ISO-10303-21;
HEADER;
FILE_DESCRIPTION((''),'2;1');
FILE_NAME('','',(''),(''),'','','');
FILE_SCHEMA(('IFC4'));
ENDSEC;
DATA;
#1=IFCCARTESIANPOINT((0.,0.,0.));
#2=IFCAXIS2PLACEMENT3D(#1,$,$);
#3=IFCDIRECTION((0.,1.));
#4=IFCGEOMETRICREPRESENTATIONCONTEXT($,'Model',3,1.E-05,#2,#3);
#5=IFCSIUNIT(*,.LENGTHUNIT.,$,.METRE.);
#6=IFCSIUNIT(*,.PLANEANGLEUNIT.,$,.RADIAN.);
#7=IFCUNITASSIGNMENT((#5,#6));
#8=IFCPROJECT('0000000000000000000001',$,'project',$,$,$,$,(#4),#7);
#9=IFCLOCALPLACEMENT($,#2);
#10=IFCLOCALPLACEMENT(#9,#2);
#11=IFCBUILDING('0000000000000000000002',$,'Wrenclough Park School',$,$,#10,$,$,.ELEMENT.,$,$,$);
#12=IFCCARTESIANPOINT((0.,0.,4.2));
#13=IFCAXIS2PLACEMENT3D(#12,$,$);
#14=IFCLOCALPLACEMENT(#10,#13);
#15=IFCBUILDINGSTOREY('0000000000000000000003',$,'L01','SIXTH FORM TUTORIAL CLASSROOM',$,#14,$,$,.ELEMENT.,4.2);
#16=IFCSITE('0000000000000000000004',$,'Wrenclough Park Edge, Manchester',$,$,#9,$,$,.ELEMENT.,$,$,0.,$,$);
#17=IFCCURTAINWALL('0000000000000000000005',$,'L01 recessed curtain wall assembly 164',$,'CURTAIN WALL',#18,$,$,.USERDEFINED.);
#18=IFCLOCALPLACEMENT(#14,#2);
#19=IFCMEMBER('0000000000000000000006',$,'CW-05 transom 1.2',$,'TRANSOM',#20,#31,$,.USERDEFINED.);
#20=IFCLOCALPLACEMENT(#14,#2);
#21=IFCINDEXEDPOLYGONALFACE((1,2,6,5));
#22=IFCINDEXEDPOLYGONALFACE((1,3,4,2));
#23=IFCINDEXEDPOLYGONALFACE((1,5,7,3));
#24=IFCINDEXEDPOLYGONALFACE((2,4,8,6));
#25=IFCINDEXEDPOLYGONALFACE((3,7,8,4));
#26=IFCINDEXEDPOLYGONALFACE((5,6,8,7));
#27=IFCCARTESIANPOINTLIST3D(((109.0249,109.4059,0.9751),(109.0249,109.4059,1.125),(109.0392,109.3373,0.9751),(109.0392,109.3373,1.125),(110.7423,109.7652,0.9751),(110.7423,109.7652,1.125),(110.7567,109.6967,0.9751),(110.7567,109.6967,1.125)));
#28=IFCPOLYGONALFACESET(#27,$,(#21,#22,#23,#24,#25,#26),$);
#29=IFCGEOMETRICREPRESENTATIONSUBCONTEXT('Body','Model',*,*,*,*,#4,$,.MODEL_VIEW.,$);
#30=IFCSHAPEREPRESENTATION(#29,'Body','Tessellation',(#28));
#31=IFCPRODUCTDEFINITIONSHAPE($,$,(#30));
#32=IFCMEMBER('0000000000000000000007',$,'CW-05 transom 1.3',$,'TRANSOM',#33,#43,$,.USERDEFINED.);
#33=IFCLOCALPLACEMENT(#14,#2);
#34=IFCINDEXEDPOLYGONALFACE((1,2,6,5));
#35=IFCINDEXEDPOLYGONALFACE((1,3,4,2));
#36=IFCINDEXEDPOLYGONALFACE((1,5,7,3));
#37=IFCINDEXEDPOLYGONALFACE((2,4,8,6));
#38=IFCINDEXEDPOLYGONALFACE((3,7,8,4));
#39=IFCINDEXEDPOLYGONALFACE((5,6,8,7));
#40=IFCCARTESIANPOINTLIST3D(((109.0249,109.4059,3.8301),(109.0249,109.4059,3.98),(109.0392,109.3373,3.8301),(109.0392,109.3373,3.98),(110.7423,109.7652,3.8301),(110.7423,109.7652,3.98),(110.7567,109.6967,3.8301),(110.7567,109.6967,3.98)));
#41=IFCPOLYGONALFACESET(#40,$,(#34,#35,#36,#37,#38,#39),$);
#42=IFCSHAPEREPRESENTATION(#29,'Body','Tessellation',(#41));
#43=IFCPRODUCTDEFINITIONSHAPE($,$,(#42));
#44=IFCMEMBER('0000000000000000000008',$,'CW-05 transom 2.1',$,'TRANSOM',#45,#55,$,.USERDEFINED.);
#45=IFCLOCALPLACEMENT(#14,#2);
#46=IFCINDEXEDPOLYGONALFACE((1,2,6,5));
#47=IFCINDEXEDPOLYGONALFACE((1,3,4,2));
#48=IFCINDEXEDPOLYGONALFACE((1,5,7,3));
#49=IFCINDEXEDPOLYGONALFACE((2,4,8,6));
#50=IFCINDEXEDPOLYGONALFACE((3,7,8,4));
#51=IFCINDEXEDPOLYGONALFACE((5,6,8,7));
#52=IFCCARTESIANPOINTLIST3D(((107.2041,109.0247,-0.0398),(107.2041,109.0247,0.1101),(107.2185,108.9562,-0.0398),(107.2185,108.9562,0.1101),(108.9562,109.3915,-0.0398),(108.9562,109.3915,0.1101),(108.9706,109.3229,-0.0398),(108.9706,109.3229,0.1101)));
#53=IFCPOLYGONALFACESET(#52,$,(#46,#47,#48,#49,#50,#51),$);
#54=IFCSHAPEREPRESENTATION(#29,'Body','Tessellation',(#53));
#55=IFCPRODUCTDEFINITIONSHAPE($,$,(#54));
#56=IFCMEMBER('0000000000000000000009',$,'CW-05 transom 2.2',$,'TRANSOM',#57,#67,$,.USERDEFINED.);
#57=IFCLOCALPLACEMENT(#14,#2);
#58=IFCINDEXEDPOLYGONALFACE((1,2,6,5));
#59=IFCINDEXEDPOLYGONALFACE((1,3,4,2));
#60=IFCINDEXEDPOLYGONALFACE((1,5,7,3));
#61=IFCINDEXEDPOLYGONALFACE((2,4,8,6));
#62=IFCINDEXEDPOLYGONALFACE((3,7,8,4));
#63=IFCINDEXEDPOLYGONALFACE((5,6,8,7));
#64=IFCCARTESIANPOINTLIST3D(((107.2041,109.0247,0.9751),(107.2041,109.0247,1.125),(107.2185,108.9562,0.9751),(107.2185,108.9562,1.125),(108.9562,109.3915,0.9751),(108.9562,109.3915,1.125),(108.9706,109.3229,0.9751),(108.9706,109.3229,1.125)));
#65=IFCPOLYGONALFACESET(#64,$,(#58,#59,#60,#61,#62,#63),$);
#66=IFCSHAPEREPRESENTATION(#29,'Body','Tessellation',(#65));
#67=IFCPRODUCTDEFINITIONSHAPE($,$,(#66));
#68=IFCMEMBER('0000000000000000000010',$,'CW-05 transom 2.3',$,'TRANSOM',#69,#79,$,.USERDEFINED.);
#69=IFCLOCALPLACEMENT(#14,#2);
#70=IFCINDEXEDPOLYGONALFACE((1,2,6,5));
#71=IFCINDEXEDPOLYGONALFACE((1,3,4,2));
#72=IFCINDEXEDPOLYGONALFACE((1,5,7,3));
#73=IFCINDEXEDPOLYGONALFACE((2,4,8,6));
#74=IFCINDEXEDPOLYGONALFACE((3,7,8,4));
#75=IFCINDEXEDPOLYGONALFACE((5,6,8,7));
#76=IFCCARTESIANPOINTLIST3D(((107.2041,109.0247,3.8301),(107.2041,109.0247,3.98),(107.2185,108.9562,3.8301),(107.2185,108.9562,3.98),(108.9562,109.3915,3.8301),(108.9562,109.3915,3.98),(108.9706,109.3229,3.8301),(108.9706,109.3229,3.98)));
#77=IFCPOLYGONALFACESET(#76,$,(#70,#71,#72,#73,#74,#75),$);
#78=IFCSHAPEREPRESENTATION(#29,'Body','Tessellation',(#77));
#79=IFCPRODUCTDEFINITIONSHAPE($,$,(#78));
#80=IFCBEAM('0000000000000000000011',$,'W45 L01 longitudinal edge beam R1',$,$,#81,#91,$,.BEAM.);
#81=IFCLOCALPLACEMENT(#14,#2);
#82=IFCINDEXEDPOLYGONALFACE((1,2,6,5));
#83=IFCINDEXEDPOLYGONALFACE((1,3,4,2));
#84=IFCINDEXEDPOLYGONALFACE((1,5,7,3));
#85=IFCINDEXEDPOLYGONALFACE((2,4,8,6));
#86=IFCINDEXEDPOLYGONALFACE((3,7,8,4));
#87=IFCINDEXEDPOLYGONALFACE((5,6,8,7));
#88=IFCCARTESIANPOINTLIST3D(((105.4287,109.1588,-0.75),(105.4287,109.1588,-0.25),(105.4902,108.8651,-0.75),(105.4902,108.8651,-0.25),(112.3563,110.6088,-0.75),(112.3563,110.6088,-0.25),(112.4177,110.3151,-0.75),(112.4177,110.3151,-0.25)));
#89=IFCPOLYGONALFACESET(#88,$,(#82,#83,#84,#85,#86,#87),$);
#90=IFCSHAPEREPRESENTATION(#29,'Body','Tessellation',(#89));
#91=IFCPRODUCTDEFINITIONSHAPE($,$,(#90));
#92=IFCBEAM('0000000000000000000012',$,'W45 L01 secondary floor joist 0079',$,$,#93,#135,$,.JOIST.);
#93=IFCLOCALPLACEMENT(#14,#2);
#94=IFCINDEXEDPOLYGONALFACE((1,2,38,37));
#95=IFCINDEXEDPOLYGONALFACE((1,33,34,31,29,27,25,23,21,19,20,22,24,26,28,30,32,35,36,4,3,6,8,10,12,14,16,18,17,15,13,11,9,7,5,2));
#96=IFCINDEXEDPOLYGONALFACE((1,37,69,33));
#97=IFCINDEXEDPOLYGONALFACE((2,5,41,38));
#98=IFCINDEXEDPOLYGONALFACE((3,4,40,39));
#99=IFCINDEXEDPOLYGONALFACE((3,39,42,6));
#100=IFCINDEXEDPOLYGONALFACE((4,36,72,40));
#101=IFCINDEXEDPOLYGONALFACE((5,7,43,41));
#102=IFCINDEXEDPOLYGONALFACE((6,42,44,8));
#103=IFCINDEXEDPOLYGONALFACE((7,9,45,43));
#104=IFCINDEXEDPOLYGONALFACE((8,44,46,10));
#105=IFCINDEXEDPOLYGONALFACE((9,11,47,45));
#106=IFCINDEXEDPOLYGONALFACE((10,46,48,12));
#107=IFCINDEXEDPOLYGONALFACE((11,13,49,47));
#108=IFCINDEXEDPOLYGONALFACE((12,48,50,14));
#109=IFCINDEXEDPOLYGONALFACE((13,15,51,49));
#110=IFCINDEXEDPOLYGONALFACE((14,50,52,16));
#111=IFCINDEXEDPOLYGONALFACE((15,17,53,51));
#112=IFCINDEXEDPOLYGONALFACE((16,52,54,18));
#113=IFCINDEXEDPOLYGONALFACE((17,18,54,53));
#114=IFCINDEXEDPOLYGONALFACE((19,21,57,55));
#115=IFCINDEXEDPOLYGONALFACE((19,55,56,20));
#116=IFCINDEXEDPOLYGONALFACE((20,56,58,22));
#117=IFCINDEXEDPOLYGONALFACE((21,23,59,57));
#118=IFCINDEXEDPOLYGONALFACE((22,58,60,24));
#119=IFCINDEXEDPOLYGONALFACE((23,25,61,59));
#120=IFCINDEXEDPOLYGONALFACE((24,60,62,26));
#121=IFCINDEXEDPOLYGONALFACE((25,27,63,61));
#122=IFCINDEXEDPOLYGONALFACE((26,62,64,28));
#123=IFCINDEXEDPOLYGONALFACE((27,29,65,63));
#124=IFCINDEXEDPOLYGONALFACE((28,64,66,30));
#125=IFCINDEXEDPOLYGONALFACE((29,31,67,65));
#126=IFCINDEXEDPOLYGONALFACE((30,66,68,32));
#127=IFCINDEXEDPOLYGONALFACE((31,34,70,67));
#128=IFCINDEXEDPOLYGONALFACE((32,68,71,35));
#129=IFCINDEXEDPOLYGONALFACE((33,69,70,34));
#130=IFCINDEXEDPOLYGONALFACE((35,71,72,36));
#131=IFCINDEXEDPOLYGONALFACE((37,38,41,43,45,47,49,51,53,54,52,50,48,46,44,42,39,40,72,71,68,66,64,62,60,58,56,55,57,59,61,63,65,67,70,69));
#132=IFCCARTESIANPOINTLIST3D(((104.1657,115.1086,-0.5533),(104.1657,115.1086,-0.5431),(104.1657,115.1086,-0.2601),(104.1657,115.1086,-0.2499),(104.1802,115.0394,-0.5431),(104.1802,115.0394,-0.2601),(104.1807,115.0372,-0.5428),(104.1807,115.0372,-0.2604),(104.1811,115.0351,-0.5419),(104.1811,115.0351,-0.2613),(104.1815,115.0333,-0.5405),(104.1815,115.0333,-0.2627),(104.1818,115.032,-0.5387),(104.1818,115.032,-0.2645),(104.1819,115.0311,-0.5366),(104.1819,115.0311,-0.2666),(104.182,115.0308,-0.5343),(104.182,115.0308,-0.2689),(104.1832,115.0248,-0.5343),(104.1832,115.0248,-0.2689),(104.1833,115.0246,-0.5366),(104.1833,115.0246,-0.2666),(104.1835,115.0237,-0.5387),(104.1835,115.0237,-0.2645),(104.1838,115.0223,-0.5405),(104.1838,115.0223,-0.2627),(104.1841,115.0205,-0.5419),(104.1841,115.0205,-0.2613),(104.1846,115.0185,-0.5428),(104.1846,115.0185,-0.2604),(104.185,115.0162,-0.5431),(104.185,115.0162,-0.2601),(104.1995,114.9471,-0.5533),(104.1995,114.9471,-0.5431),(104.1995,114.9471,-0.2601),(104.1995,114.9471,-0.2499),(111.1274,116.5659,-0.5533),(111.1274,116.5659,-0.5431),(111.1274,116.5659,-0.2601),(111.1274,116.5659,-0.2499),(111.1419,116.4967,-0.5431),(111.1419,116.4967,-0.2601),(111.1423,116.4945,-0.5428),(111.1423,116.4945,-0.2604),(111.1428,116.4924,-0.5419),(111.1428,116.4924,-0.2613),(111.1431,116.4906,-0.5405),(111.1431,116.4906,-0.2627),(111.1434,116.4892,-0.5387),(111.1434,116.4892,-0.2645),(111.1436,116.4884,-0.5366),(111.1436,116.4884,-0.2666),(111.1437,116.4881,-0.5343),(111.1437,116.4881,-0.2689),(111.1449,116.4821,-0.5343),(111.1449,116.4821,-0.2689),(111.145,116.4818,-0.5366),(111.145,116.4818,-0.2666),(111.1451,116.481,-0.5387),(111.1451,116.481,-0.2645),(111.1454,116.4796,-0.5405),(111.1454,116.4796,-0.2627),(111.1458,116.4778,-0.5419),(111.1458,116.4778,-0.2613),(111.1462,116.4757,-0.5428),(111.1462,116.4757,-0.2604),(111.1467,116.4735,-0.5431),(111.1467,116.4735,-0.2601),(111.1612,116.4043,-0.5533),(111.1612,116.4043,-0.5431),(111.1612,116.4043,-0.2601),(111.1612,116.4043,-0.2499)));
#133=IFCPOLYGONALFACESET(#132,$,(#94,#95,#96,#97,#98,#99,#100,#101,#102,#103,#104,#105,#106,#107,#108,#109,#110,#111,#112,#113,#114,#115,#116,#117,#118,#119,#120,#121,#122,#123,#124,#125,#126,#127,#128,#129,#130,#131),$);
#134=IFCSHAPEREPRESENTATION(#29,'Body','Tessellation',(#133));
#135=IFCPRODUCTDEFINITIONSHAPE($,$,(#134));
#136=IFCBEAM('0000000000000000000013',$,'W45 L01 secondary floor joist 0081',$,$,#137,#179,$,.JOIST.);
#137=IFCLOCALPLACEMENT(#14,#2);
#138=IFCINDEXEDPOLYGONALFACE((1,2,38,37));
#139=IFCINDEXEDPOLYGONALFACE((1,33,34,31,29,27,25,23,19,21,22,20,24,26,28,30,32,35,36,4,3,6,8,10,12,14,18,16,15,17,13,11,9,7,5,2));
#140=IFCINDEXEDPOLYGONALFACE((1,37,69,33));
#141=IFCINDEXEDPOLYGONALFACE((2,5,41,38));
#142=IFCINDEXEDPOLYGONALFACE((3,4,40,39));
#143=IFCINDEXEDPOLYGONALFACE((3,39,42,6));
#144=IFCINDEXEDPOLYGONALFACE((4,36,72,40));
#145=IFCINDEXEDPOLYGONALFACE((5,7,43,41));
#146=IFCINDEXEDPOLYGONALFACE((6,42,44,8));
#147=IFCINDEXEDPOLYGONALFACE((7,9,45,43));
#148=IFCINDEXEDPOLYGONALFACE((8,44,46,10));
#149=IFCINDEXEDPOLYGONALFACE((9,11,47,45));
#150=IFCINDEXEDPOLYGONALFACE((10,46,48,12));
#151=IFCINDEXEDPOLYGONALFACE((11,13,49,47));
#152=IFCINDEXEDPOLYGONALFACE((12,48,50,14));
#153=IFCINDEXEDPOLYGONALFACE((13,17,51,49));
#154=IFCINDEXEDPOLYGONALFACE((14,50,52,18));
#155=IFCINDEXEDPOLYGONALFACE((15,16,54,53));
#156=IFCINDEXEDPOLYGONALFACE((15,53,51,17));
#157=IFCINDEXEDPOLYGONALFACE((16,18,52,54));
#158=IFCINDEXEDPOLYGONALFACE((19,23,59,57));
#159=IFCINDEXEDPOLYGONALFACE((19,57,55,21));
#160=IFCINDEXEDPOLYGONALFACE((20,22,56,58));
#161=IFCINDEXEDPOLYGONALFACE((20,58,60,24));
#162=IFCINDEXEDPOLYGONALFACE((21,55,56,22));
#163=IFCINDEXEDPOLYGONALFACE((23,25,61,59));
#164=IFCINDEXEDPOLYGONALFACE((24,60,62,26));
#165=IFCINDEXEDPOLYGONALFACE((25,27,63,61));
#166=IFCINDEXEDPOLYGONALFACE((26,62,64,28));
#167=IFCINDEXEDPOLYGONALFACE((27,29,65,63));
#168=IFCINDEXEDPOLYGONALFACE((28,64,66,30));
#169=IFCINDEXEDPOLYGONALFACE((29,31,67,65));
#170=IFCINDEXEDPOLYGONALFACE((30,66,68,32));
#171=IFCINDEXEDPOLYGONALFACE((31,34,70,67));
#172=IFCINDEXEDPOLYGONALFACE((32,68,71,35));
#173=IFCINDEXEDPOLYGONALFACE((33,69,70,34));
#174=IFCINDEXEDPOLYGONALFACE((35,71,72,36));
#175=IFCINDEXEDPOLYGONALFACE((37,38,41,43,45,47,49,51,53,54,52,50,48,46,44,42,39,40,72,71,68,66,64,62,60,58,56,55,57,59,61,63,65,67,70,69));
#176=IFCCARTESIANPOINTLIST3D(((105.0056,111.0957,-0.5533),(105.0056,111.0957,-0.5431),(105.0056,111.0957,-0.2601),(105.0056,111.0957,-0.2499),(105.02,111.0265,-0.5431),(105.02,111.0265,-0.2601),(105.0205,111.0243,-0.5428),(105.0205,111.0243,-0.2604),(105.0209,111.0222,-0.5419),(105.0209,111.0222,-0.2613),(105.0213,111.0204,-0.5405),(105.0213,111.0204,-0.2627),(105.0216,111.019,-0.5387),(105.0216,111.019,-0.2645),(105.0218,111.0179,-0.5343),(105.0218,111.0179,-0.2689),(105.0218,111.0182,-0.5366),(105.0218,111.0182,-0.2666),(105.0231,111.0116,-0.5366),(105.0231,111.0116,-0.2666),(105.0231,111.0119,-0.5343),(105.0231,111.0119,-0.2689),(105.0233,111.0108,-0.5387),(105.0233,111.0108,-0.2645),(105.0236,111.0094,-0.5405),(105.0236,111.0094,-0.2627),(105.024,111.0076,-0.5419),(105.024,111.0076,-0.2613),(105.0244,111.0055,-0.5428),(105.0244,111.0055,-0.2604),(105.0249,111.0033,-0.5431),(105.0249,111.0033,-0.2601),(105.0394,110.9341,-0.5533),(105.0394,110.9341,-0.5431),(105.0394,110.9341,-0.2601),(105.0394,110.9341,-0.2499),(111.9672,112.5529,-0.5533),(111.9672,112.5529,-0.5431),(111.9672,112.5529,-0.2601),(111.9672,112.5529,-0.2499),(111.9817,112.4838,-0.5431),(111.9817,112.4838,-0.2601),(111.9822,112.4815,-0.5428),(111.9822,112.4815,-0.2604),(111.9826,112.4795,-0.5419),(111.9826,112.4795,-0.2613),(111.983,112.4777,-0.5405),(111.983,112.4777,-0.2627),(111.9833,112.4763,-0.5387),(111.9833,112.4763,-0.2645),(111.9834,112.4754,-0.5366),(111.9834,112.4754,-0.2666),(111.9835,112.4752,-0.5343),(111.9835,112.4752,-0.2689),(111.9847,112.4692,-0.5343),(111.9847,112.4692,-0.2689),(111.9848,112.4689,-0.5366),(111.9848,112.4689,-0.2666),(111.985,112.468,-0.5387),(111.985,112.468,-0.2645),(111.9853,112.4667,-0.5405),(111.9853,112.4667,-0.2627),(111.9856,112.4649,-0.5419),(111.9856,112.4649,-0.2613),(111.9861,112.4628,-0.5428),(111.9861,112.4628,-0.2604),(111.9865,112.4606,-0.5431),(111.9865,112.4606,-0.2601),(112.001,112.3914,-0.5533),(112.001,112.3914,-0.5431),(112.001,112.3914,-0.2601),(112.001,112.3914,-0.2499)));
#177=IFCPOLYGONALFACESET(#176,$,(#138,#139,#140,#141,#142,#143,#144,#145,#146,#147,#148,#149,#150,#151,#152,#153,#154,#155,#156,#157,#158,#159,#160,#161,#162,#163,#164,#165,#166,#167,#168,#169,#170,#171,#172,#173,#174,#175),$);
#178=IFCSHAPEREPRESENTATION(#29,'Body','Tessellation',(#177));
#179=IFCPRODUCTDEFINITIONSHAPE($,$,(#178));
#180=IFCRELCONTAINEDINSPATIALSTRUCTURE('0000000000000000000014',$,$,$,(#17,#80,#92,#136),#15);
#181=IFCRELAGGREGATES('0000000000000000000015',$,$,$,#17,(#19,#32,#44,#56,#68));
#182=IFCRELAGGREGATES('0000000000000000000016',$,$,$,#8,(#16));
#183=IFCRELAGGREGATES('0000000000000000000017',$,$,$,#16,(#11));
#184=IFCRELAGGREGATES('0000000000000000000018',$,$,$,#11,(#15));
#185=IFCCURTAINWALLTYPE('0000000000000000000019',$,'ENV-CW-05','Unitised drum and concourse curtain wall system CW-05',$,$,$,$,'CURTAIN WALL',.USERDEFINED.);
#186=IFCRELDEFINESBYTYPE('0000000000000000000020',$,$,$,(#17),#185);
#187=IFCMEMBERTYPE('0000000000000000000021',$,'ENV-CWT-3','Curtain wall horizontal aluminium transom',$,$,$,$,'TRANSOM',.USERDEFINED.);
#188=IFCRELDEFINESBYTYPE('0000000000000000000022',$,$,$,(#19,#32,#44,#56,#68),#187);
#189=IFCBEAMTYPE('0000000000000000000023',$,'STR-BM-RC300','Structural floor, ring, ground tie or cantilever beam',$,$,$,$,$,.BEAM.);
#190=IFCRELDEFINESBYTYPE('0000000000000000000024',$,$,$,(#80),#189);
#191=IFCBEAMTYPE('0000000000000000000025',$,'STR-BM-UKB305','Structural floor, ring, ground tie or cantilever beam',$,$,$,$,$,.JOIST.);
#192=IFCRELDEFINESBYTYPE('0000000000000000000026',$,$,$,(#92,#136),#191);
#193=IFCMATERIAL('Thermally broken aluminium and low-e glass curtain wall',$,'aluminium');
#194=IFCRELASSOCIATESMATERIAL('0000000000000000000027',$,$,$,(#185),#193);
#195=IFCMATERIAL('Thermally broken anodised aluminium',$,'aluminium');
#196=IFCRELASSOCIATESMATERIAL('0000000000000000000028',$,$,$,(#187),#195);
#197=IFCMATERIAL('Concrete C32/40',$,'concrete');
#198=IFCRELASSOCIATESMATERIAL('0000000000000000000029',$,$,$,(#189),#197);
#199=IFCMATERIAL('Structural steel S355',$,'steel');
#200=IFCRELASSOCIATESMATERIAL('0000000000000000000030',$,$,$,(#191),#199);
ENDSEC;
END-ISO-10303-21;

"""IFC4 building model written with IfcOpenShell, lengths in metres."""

from ifc_helpers import new_model, si_unit, direction, frame, origin, origin_2d, place, context, subcontext, project, spatial, rectangle, i_section, extrude, material, material_profile, profile_set, type_object, element, aggregate, save


model = new_model("IFC4")

# Units and contexts
model_context = context("Model", 3, precision=1e-05, world=origin(), true_north=direction((0.0, 1.0)))
body_context = subcontext(model_context, "Body", "Model", "MODEL_VIEW")
ifc_project = project(units=[si_unit("LENGTHUNIT", "METRE"), si_unit("PLANEANGLEUNIT", "RADIAN")], contexts=[model_context])

# Site, building, storey
site_placement = place(None, origin())
site = spatial("IfcSite", under=ifc_project, at=site_placement, Name="Wrenclough Park Edge, Manchester", CompositionType="ELEMENT", RefElevation=0.0)
building_placement = place(site_placement, origin())
building = spatial("IfcBuilding", under=site, at=building_placement, Name="Wrenclough Park School", CompositionType="ELEMENT")
storey_placement = place(building_placement, frame((0.0, 0.0, 4.2)))
storey = spatial("IfcBuildingStorey", under=building, at=storey_placement, Name="L01", Description="SIXTH FORM TUTORIAL CLASSROOM", CompositionType="ELEMENT", Elevation=4.2)

# Shared definitions
ifc_material_1 = material(Name="Structural steel S355", Category="steel")

# Shared definitions
ifc_material_2 = material(Name="Thermally broken aluminium and low-e glass curtain wall", Category="aluminium")
ifc_material_3 = material(Name="Thermally broken anodised aluminium", Category="aluminium")

# Curtain wall
curtain_wall_type_1 = type_object("IfcCurtainWallType", Name="ENV-CW-05", Description="Unitised drum and concourse curtain wall system CW-05", ElementType="CURTAIN WALL", PredefinedType="USERDEFINED", material=ifc_material_2)
curtain_wall_1_placement = place(storey_placement, origin())
curtain_wall_1 = element("IfcCurtainWall", 1, at=curtain_wall_1_placement, inside=storey, type_object=curtain_wall_type_1, Name="L01 recessed curtain wall assembly 164", ObjectType="CURTAIN WALL", PredefinedType="USERDEFINED")

# Members
ifc_material_profile_1 = material_profile(ifc_material_3, rectangle(XDim=0.0701, YDim=0.1499, at=origin_2d()), Name="AL TRANSOM 70x150")
ifc_profile_set_1 = profile_set([ifc_material_profile_1], Name="Thermally broken anodised aluminium")
member_type_1 = type_object("IfcMemberType", Name="ENV-CWT-3", Description="Curtain wall horizontal aluminium transom", ElementType="TRANSOM", PredefinedType="USERDEFINED", material=ifc_profile_set_1)
member_1_placement = place(storey_placement, frame((110.7495, 109.731, 1.05), z_axis=(-0.978803, -0.204804, 0.0), x_axis=(0.204804, -0.978803, 0.0)))
member_1 = element("IfcMember", 2, at=member_1_placement, type_object=member_type_1, Name="CW-05 transom 1.2", ObjectType="TRANSOM", PredefinedType="USERDEFINED", context=body_context, shape_type="SweptSolid", body=[
    extrude(rectangle(XDim=0.0701, YDim=0.1499, at=origin_2d()), origin(), (0.0, 0.0, 1.0), 1.7546),
])
member_2_placement = place(storey_placement, frame((110.7495, 109.731, 3.905), z_axis=(-0.978803, -0.204804, 0.0), x_axis=(0.204804, -0.978803, 0.0)))
member_2 = element("IfcMember", 3, at=member_2_placement, type_object=member_type_1, Name="CW-05 transom 1.3", ObjectType="TRANSOM", PredefinedType="USERDEFINED", context=body_context, shape_type="SweptSolid", body=[
    extrude(rectangle(XDim=0.0701, YDim=0.1499, at=origin_2d()), origin(), (0.0, 0.0, 1.0), 1.7546),
])
member_3_placement = place(storey_placement, frame((108.9634, 109.3572, 0.0352), z_axis=(-0.978789, -0.204869, 0.0), x_axis=(0.204869, -0.978789, 0.0)))
member_3 = element("IfcMember", 4, at=member_3_placement, type_object=member_type_1, Name="CW-05 transom 2.1", ObjectType="TRANSOM", PredefinedType="USERDEFINED", context=body_context, shape_type="SweptSolid", body=[
    extrude(rectangle(XDim=0.0701, YDim=0.1499, at=origin_2d()), origin(), (0.0, 0.0, 1.0), 1.79),
])
member_4_placement = place(storey_placement, frame((108.9634, 109.3572, 1.05), z_axis=(-0.978789, -0.204869, 0.0), x_axis=(0.204869, -0.978789, 0.0)))
member_4 = element("IfcMember", 5, at=member_4_placement, type_object=member_type_1, Name="CW-05 transom 2.2", ObjectType="TRANSOM", PredefinedType="USERDEFINED", context=body_context, shape_type="SweptSolid", body=[
    extrude(rectangle(XDim=0.0701, YDim=0.1499, at=origin_2d()), origin(), (0.0, 0.0, 1.0), 1.79),
])
member_5_placement = place(storey_placement, frame((108.9634, 109.3572, 3.905), z_axis=(-0.978789, -0.204869, 0.0), x_axis=(0.204869, -0.978789, 0.0)))
member_5 = element("IfcMember", 6, at=member_5_placement, type_object=member_type_1, Name="CW-05 transom 2.3", ObjectType="TRANSOM", PredefinedType="USERDEFINED", context=body_context, shape_type="SweptSolid", body=[
    extrude(rectangle(XDim=0.0701, YDim=0.1499, at=origin_2d()), origin(), (0.0, 0.0, 1.0), 1.79),
])

# Beams
ifc_material_4 = material(Name="Concrete C32/40", Category="concrete")
ifc_material_profile_2 = material_profile(ifc_material_4, rectangle(XDim=0.3, YDim=0.5, at=origin_2d()), Name="RC BEAM 300x500")
ifc_profile_set_2 = profile_set([ifc_material_profile_2], Name="Concrete C32/40")
beam_type_1 = type_object("IfcBeamType", Name="STR-BM-RC300", Description="Structural floor, ring, ground tie or cantilever beam", PredefinedType="BEAM", material=ifc_profile_set_2)
beam_1_placement = place(storey_placement, frame((105.4595, 109.012, -0.5), z_axis=(0.97879, 0.204865, 0.0), x_axis=(-0.204865, 0.97879, 0.0)))
element("IfcBeam", 7, at=beam_1_placement, inside=storey, type_object=beam_type_1, Name="W45 L01 longitudinal edge beam R1", PredefinedType="BEAM", context=body_context, shape_type="SweptSolid", body=[
    extrude(rectangle(XDim=0.3, YDim=0.5, at=origin_2d()), origin(), (0.0, 0.0, 1.0), 7.0776),
])
ifc_material_profile_3 = material_profile(ifc_material_1, i_section(OverallWidth=0.165, OverallDepth=0.3035, WebThickness=0.0061, FlangeThickness=0.0103, FilletRadius=0.0088, at=origin_2d()), Name="UKB 305x165x40")
ifc_profile_set_3 = profile_set([ifc_material_profile_3], Name="Structural steel S355")
beam_type_2 = type_object("IfcBeamType", Name="STR-BM-UKB305", Description="Structural floor, ring, ground tie or cantilever beam", PredefinedType="JOIST", material=ifc_profile_set_3)
for number, where, z_axis, x_axis, name in (
    (8, (104.1826, 115.0278, -0.4016), (0.978786, 0.204888, 0.0), (-0.204888, 0.978786, 0.0), "W45 L01 secondary floor joist 0079"),
    (9, (105.0225, 111.0149, -0.4016), (0.978786, 0.204888, 0.0), (-0.204888, 0.978786, 0.0), "W45 L01 secondary floor joist 0081"),
):
    element("IfcBeam", number, at=place(storey_placement, frame(where, z_axis=z_axis, x_axis=x_axis)), inside=storey, type_object=beam_type_2, Name=name, PredefinedType="JOIST", context=body_context, shape_type="SweptSolid", body=[
        extrude(i_section(OverallWidth=0.165, OverallDepth=0.3035, WebThickness=0.0061, FlangeThickness=0.0103, FilletRadius=0.0088, at=origin_2d()), origin(), (0.0, 0.0, 1.0), 7.1125),
    ])

aggregate(curtain_wall_1, [member_1, member_2, member_3, member_4, member_5])

save(model, "model.ifc")
